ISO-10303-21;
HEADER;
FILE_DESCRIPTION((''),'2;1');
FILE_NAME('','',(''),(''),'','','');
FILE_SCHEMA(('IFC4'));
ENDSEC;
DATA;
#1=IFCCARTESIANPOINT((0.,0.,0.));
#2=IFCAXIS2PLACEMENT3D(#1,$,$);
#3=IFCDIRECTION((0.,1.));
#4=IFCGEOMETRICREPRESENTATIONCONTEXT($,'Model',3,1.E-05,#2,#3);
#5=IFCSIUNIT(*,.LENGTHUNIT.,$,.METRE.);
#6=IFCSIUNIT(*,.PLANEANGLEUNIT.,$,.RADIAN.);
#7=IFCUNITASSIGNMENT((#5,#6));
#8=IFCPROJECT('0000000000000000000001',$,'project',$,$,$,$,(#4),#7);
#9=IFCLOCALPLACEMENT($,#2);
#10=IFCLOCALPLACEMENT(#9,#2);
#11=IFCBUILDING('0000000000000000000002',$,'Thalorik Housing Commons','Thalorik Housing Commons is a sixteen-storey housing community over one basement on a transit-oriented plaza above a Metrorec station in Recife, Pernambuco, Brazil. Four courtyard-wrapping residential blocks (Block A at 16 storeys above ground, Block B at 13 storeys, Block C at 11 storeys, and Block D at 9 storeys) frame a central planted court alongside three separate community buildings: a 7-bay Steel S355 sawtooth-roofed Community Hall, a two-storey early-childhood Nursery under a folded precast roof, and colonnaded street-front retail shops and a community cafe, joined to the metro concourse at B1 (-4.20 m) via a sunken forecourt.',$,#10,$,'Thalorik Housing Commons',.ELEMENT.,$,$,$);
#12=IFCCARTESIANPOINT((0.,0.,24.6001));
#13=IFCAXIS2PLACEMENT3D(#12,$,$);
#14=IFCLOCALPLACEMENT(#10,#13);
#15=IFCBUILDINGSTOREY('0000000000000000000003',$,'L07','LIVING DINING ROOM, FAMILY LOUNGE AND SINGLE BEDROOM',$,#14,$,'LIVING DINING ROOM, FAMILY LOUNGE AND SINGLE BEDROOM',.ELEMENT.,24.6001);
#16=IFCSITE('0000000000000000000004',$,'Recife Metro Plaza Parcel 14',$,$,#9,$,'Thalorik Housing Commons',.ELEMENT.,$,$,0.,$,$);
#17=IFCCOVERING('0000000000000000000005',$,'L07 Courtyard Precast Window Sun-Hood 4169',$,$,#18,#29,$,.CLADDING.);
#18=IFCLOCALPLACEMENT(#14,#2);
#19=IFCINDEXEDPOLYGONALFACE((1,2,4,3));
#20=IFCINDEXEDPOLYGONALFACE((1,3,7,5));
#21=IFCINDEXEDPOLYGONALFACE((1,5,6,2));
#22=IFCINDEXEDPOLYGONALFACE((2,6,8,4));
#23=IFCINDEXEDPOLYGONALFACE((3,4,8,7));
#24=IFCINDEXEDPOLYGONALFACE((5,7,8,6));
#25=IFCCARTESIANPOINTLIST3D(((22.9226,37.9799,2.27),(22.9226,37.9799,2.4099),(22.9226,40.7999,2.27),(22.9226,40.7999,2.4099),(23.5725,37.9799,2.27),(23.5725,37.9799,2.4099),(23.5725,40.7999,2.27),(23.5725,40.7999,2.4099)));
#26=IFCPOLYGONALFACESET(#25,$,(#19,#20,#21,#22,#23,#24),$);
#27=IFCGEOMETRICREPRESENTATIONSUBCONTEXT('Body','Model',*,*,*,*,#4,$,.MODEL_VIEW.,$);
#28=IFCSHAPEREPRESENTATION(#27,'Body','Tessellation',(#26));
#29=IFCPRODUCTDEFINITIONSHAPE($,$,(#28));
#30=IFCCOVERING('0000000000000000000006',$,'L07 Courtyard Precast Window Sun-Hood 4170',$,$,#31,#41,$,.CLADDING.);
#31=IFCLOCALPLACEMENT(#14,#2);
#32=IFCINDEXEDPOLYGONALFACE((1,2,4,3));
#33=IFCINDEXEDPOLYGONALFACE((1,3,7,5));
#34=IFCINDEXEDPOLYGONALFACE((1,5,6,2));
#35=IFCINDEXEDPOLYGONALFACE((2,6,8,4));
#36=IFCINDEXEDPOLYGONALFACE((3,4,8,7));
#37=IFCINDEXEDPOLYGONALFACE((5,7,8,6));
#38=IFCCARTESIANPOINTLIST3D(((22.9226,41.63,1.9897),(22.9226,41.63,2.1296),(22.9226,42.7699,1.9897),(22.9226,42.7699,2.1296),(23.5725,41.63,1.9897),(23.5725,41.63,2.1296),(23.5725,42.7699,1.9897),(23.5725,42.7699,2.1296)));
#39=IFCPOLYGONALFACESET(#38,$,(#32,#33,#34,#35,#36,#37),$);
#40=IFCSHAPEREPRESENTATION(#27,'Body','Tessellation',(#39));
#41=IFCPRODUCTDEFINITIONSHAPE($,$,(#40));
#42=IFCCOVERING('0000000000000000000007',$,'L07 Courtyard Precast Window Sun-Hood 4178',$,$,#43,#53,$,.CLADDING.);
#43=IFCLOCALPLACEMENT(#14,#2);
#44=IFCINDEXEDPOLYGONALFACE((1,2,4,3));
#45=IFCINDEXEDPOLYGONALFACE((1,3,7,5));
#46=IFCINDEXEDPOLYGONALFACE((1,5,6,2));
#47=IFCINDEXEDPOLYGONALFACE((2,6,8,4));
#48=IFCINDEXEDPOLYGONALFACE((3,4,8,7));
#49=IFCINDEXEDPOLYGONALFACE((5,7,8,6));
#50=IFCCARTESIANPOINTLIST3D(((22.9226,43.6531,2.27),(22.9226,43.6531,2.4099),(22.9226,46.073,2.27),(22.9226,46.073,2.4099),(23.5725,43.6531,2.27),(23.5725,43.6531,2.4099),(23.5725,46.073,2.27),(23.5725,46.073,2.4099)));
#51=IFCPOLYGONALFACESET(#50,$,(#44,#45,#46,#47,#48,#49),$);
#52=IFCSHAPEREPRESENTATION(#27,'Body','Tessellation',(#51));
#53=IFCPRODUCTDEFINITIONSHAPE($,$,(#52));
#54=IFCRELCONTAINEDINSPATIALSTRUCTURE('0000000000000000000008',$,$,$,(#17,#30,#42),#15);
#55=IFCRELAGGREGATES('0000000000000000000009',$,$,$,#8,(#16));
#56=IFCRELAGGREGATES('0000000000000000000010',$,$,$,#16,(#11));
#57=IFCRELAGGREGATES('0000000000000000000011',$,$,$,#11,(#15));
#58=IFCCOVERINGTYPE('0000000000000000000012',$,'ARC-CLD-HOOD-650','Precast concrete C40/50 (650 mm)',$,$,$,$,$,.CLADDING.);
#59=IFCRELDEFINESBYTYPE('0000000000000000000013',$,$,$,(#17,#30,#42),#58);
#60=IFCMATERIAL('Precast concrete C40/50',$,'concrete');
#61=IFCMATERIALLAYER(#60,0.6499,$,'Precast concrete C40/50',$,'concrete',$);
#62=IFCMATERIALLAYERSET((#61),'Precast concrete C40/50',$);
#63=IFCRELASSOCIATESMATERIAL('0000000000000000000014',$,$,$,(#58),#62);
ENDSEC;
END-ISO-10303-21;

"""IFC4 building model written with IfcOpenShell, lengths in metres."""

from ifc_helpers import new_model, si_unit, direction, frame, origin, origin_2d, place, context, subcontext, project, spatial, rectangle, extrude, material, layer, layer_set, type_object, element, save


model = new_model("IFC4")

# Units and contexts
model_context = context("Model", 3, precision=1e-05, world=origin(), true_north=direction((0.0, 1.0)))
body_context = subcontext(model_context, "Body", "Model", "MODEL_VIEW")
ifc_project = project(units=[si_unit("LENGTHUNIT", "METRE"), si_unit("PLANEANGLEUNIT", "RADIAN")], contexts=[model_context])

# Site, building, storey
site_placement = place(None, origin())
site = spatial("IfcSite", under=ifc_project, at=site_placement, Name="Recife Metro Plaza Parcel 14", LongName="Thalorik Housing Commons", CompositionType="ELEMENT", RefElevation=0.0)
building_placement = place(site_placement, origin())
building = spatial("IfcBuilding", under=site, at=building_placement, Name="Thalorik Housing Commons", Description="Thalorik Housing Commons is a sixteen-storey housing community over one basement on a transit-oriented plaza above a Metrorec station in Recife, Pernambuco, Brazil. Four courtyard-wrapping residential blocks (Block A at 16 storeys above ground, Block B at 13 storeys, Block C at 11 storeys, and Block D at 9 storeys) frame a central planted court alongside three separate community buildings: a 7-bay Steel S355 sawtooth-roofed Community Hall, a two-storey early-childhood Nursery under a folded precast roof, and colonnaded street-front retail shops and a community cafe, joined to the metro concourse at B1 (-4.20 m) via a sunken forecourt.", LongName="Thalorik Housing Commons", CompositionType="ELEMENT")
storey_placement = place(building_placement, frame((0.0, 0.0, 24.6001)))
storey = spatial("IfcBuildingStorey", under=building, at=storey_placement, Name="L07", Description="LIVING DINING ROOM, FAMILY LOUNGE AND SINGLE BEDROOM", LongName="LIVING DINING ROOM, FAMILY LOUNGE AND SINGLE BEDROOM", CompositionType="ELEMENT", Elevation=24.6001)

# Shared definitions
ifc_material_1 = material(Name="Precast concrete C40/50", Category="concrete")

# Coverings
ifc_layer_1 = layer(ifc_material_1, 0.6499, Name="Precast concrete C40/50", Category="concrete")
ifc_layer_set_1 = layer_set([ifc_layer_1], Name="Precast concrete C40/50")
covering_type_1 = type_object("IfcCoveringType", Name="ARC-CLD-HOOD-650", Description="Precast concrete C40/50 (650 mm)", PredefinedType="CLADDING", material=ifc_layer_set_1)
covering_1_placement = place(storey_placement, frame((23.2476, 39.3899, 2.27), z_axis=(0.0, 0.0, 1.0), x_axis=(0.0, 1.0, 0.0)))
element("IfcCovering", 1, at=covering_1_placement, inside=storey, type_object=covering_type_1, Name="L07 Courtyard Precast Window Sun-Hood 4169", PredefinedType="CLADDING", context=body_context, shape_type="SweptSolid", body=[
    extrude(rectangle(XDim=2.8201, YDim=0.6499, at=origin_2d()), origin(), (0.0, 0.0, 1.0), 0.1399),
])
covering_2_placement = place(storey_placement, frame((23.2476, 42.2, 1.9897), z_axis=(0.0, 0.0, 1.0), x_axis=(0.0, 1.0, 0.0)))
element("IfcCovering", 2, at=covering_2_placement, inside=storey, type_object=covering_type_1, Name="L07 Courtyard Precast Window Sun-Hood 4170", PredefinedType="CLADDING", context=body_context, shape_type="SweptSolid", body=[
    extrude(rectangle(XDim=1.1399, YDim=0.6499, at=origin_2d()), origin(), (0.0, 0.0, 1.0), 0.1399),
])
covering_3_placement = place(storey_placement, frame((23.2476, 44.863, 2.27), z_axis=(0.0, 0.0, 1.0), x_axis=(0.0, 1.0, 0.0)))
element("IfcCovering", 3, at=covering_3_placement, inside=storey, type_object=covering_type_1, Name="L07 Courtyard Precast Window Sun-Hood 4178", PredefinedType="CLADDING", context=body_context, shape_type="SweptSolid", body=[
    extrude(rectangle(XDim=2.4199, YDim=0.6499, at=origin_2d()), origin(), (0.0, 0.0, 1.0), 0.1399),
])

save(model, "model.ifc")
